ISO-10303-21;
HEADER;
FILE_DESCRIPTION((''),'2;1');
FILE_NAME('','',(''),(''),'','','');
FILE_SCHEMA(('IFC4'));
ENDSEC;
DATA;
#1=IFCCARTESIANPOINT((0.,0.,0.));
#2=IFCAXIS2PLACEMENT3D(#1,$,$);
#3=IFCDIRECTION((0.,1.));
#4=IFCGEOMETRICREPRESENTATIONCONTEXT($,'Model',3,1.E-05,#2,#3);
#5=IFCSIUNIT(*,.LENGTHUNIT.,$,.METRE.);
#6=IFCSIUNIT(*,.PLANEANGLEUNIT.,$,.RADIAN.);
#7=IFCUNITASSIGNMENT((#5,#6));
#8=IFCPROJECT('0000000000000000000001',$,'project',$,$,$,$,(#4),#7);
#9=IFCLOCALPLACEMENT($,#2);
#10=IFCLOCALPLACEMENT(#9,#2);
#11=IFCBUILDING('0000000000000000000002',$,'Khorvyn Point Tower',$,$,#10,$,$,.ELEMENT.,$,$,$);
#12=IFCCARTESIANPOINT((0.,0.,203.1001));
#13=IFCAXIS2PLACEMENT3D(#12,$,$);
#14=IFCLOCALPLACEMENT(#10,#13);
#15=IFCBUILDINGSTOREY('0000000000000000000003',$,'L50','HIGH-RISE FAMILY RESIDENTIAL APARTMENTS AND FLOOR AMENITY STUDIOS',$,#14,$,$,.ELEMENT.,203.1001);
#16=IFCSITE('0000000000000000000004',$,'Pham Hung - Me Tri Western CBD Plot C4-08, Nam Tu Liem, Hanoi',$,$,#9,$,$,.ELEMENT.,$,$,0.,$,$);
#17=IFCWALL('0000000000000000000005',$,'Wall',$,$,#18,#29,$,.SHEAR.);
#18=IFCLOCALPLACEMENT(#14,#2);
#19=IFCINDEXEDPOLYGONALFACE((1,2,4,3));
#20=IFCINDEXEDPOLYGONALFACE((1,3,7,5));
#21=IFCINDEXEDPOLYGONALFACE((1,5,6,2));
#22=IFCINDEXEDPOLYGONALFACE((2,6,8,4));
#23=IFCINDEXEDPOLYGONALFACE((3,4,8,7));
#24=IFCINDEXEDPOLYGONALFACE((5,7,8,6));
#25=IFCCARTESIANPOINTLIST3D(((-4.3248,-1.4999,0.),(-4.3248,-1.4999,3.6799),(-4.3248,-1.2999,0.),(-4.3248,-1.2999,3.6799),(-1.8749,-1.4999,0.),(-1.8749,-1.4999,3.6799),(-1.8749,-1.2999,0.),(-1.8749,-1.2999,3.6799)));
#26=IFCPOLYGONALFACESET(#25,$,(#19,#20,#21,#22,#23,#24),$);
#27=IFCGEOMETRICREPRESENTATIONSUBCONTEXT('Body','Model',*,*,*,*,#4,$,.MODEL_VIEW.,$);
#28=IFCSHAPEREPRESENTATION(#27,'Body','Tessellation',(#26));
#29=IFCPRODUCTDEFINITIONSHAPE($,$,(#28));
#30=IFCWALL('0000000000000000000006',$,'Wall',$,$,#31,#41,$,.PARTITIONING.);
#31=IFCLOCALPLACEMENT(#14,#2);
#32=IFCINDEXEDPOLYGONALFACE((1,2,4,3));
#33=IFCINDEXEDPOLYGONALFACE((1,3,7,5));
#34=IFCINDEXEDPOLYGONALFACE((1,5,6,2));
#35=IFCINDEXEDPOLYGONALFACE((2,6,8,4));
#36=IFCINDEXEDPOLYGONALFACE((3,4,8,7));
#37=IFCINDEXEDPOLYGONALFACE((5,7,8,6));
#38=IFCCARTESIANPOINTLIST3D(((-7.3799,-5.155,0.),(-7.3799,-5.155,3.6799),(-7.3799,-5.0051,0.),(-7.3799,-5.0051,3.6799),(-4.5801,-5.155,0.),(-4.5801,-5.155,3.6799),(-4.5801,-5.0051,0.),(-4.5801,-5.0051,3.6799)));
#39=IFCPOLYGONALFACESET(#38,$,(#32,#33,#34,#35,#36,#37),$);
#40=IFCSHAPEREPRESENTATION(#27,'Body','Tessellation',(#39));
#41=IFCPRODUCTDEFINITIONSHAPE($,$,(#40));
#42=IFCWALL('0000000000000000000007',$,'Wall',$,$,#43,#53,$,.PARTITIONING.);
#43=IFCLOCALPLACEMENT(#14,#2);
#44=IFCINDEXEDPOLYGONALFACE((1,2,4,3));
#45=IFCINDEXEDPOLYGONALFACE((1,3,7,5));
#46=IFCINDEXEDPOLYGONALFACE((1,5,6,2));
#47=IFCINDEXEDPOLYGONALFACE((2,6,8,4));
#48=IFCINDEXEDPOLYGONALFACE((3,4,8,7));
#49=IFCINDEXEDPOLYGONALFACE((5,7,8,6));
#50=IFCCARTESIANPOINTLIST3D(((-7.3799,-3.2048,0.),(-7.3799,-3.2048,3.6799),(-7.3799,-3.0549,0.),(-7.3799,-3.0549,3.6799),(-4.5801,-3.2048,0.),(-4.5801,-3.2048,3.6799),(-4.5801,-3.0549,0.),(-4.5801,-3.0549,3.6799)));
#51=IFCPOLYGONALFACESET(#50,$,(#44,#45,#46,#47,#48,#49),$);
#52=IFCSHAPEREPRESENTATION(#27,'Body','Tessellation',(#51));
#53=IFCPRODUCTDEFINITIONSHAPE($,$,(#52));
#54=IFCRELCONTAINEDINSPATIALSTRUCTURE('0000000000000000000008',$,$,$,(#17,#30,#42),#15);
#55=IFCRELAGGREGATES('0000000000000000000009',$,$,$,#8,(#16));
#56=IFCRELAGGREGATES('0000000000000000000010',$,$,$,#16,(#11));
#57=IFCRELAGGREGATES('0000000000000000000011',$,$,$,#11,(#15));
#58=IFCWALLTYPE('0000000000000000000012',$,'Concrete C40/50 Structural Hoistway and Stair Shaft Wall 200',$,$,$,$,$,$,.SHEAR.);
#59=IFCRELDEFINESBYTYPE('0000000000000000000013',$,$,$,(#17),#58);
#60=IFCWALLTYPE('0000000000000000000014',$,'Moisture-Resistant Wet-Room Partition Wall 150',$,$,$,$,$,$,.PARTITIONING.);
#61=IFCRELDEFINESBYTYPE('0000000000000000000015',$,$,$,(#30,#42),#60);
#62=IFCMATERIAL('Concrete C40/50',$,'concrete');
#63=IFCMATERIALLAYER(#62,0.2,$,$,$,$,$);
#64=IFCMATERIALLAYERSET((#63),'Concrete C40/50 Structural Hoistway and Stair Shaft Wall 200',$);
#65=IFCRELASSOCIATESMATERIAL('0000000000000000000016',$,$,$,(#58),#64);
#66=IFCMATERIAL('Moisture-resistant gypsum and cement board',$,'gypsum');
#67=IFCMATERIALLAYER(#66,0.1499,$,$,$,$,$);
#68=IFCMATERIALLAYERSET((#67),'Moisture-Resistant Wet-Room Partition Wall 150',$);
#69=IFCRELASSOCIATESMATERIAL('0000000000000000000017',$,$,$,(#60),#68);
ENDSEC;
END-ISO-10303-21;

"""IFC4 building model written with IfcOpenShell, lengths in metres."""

from ifc_helpers import new_model, si_unit, direction, frame, frame_2d, origin, place, context, subcontext, project, spatial, rectangle, extrude, material, layer, layer_set, type_object, element, save


model = new_model("IFC4")

# Units and contexts
model_context = context("Model", 3, precision=1e-05, world=origin(), true_north=direction((0.0, 1.0)))
body_context = subcontext(model_context, "Body", "Model", "MODEL_VIEW")
ifc_project = project(units=[si_unit("LENGTHUNIT", "METRE"), si_unit("PLANEANGLEUNIT", "RADIAN")], contexts=[model_context])

# Site, building, storey
site_placement = place(None, origin())
site = spatial("IfcSite", under=ifc_project, at=site_placement, Name="Pham Hung - Me Tri Western CBD Plot C4-08, Nam Tu Liem, Hanoi", CompositionType="ELEMENT", RefElevation=0.0)
building_placement = place(site_placement, origin())
building = spatial("IfcBuilding", under=site, at=building_placement, Name="Khorvyn Point Tower", CompositionType="ELEMENT")
storey_placement = place(building_placement, frame((0.0, 0.0, 203.1001)))
storey = spatial("IfcBuildingStorey", under=building, at=storey_placement, Name="L50", Description="HIGH-RISE FAMILY RESIDENTIAL APARTMENTS AND FLOOR AMENITY STUDIOS", CompositionType="ELEMENT", Elevation=203.1001)

# Shared definitions
ifc_material_1 = material(Name="Concrete C40/50", Category="concrete")

# Shared definitions
ifc_layer_1 = layer(ifc_material_1, 0.2)
ifc_layer_set_1 = layer_set([ifc_layer_1], Name="Concrete C40/50 Structural Hoistway and Stair Shaft Wall 200")
wall_type_1 = type_object("IfcWallType", Name="Concrete C40/50 Structural Hoistway and Stair Shaft Wall 200", PredefinedType="SHEAR", material=ifc_layer_set_1)

# Walls
wall_1_placement = place(storey_placement, frame((-4.325, -1.3999, 0.0), z_axis=(0.0, 0.0, 1.0), x_axis=(1.0, 0.0, 0.0)))
element("IfcWall", 1, at=wall_1_placement, inside=storey, type_object=wall_type_1, Name="Wall", PredefinedType="SHEAR", context=body_context, shape_type="SweptSolid", body=[
    extrude(rectangle(XDim=2.45, YDim=0.2, at=frame_2d((1.2251, 0.0))), origin(), (0.0, 0.0, 1.0), 3.6799),
])
ifc_material_2 = material(Name="Moisture-resistant gypsum and cement board", Category="gypsum")
ifc_layer_2 = layer(ifc_material_2, 0.1499)
ifc_layer_set_2 = layer_set([ifc_layer_2], Name="Moisture-Resistant Wet-Room Partition Wall 150")
wall_type_2 = type_object("IfcWallType", Name="Moisture-Resistant Wet-Room Partition Wall 150", PredefinedType="PARTITIONING", material=ifc_layer_set_2)
for number, where, z_axis, x_axis, name in (
    (2, (-7.3799, -5.0801, 0.0), (0.0, 0.0, 1.0), (1.0, 0.0, 0.0), "Wall"),
    (3, (-7.3799, -3.1299, 0.0), (0.0, 0.0, 1.0), (1.0, 0.0, 0.0), "Wall"),
):
    element("IfcWall", number, at=place(storey_placement, frame(where, z_axis=z_axis, x_axis=x_axis)), inside=storey, type_object=wall_type_2, Name=name, PredefinedType="PARTITIONING", context=body_context, shape_type="SweptSolid", body=[
        extrude(rectangle(XDim=2.7998, YDim=0.1499, at=frame_2d((1.3999, 0.0))), origin(), (0.0, 0.0, 1.0), 3.6799),
    ])

save(model, "model.ifc")
